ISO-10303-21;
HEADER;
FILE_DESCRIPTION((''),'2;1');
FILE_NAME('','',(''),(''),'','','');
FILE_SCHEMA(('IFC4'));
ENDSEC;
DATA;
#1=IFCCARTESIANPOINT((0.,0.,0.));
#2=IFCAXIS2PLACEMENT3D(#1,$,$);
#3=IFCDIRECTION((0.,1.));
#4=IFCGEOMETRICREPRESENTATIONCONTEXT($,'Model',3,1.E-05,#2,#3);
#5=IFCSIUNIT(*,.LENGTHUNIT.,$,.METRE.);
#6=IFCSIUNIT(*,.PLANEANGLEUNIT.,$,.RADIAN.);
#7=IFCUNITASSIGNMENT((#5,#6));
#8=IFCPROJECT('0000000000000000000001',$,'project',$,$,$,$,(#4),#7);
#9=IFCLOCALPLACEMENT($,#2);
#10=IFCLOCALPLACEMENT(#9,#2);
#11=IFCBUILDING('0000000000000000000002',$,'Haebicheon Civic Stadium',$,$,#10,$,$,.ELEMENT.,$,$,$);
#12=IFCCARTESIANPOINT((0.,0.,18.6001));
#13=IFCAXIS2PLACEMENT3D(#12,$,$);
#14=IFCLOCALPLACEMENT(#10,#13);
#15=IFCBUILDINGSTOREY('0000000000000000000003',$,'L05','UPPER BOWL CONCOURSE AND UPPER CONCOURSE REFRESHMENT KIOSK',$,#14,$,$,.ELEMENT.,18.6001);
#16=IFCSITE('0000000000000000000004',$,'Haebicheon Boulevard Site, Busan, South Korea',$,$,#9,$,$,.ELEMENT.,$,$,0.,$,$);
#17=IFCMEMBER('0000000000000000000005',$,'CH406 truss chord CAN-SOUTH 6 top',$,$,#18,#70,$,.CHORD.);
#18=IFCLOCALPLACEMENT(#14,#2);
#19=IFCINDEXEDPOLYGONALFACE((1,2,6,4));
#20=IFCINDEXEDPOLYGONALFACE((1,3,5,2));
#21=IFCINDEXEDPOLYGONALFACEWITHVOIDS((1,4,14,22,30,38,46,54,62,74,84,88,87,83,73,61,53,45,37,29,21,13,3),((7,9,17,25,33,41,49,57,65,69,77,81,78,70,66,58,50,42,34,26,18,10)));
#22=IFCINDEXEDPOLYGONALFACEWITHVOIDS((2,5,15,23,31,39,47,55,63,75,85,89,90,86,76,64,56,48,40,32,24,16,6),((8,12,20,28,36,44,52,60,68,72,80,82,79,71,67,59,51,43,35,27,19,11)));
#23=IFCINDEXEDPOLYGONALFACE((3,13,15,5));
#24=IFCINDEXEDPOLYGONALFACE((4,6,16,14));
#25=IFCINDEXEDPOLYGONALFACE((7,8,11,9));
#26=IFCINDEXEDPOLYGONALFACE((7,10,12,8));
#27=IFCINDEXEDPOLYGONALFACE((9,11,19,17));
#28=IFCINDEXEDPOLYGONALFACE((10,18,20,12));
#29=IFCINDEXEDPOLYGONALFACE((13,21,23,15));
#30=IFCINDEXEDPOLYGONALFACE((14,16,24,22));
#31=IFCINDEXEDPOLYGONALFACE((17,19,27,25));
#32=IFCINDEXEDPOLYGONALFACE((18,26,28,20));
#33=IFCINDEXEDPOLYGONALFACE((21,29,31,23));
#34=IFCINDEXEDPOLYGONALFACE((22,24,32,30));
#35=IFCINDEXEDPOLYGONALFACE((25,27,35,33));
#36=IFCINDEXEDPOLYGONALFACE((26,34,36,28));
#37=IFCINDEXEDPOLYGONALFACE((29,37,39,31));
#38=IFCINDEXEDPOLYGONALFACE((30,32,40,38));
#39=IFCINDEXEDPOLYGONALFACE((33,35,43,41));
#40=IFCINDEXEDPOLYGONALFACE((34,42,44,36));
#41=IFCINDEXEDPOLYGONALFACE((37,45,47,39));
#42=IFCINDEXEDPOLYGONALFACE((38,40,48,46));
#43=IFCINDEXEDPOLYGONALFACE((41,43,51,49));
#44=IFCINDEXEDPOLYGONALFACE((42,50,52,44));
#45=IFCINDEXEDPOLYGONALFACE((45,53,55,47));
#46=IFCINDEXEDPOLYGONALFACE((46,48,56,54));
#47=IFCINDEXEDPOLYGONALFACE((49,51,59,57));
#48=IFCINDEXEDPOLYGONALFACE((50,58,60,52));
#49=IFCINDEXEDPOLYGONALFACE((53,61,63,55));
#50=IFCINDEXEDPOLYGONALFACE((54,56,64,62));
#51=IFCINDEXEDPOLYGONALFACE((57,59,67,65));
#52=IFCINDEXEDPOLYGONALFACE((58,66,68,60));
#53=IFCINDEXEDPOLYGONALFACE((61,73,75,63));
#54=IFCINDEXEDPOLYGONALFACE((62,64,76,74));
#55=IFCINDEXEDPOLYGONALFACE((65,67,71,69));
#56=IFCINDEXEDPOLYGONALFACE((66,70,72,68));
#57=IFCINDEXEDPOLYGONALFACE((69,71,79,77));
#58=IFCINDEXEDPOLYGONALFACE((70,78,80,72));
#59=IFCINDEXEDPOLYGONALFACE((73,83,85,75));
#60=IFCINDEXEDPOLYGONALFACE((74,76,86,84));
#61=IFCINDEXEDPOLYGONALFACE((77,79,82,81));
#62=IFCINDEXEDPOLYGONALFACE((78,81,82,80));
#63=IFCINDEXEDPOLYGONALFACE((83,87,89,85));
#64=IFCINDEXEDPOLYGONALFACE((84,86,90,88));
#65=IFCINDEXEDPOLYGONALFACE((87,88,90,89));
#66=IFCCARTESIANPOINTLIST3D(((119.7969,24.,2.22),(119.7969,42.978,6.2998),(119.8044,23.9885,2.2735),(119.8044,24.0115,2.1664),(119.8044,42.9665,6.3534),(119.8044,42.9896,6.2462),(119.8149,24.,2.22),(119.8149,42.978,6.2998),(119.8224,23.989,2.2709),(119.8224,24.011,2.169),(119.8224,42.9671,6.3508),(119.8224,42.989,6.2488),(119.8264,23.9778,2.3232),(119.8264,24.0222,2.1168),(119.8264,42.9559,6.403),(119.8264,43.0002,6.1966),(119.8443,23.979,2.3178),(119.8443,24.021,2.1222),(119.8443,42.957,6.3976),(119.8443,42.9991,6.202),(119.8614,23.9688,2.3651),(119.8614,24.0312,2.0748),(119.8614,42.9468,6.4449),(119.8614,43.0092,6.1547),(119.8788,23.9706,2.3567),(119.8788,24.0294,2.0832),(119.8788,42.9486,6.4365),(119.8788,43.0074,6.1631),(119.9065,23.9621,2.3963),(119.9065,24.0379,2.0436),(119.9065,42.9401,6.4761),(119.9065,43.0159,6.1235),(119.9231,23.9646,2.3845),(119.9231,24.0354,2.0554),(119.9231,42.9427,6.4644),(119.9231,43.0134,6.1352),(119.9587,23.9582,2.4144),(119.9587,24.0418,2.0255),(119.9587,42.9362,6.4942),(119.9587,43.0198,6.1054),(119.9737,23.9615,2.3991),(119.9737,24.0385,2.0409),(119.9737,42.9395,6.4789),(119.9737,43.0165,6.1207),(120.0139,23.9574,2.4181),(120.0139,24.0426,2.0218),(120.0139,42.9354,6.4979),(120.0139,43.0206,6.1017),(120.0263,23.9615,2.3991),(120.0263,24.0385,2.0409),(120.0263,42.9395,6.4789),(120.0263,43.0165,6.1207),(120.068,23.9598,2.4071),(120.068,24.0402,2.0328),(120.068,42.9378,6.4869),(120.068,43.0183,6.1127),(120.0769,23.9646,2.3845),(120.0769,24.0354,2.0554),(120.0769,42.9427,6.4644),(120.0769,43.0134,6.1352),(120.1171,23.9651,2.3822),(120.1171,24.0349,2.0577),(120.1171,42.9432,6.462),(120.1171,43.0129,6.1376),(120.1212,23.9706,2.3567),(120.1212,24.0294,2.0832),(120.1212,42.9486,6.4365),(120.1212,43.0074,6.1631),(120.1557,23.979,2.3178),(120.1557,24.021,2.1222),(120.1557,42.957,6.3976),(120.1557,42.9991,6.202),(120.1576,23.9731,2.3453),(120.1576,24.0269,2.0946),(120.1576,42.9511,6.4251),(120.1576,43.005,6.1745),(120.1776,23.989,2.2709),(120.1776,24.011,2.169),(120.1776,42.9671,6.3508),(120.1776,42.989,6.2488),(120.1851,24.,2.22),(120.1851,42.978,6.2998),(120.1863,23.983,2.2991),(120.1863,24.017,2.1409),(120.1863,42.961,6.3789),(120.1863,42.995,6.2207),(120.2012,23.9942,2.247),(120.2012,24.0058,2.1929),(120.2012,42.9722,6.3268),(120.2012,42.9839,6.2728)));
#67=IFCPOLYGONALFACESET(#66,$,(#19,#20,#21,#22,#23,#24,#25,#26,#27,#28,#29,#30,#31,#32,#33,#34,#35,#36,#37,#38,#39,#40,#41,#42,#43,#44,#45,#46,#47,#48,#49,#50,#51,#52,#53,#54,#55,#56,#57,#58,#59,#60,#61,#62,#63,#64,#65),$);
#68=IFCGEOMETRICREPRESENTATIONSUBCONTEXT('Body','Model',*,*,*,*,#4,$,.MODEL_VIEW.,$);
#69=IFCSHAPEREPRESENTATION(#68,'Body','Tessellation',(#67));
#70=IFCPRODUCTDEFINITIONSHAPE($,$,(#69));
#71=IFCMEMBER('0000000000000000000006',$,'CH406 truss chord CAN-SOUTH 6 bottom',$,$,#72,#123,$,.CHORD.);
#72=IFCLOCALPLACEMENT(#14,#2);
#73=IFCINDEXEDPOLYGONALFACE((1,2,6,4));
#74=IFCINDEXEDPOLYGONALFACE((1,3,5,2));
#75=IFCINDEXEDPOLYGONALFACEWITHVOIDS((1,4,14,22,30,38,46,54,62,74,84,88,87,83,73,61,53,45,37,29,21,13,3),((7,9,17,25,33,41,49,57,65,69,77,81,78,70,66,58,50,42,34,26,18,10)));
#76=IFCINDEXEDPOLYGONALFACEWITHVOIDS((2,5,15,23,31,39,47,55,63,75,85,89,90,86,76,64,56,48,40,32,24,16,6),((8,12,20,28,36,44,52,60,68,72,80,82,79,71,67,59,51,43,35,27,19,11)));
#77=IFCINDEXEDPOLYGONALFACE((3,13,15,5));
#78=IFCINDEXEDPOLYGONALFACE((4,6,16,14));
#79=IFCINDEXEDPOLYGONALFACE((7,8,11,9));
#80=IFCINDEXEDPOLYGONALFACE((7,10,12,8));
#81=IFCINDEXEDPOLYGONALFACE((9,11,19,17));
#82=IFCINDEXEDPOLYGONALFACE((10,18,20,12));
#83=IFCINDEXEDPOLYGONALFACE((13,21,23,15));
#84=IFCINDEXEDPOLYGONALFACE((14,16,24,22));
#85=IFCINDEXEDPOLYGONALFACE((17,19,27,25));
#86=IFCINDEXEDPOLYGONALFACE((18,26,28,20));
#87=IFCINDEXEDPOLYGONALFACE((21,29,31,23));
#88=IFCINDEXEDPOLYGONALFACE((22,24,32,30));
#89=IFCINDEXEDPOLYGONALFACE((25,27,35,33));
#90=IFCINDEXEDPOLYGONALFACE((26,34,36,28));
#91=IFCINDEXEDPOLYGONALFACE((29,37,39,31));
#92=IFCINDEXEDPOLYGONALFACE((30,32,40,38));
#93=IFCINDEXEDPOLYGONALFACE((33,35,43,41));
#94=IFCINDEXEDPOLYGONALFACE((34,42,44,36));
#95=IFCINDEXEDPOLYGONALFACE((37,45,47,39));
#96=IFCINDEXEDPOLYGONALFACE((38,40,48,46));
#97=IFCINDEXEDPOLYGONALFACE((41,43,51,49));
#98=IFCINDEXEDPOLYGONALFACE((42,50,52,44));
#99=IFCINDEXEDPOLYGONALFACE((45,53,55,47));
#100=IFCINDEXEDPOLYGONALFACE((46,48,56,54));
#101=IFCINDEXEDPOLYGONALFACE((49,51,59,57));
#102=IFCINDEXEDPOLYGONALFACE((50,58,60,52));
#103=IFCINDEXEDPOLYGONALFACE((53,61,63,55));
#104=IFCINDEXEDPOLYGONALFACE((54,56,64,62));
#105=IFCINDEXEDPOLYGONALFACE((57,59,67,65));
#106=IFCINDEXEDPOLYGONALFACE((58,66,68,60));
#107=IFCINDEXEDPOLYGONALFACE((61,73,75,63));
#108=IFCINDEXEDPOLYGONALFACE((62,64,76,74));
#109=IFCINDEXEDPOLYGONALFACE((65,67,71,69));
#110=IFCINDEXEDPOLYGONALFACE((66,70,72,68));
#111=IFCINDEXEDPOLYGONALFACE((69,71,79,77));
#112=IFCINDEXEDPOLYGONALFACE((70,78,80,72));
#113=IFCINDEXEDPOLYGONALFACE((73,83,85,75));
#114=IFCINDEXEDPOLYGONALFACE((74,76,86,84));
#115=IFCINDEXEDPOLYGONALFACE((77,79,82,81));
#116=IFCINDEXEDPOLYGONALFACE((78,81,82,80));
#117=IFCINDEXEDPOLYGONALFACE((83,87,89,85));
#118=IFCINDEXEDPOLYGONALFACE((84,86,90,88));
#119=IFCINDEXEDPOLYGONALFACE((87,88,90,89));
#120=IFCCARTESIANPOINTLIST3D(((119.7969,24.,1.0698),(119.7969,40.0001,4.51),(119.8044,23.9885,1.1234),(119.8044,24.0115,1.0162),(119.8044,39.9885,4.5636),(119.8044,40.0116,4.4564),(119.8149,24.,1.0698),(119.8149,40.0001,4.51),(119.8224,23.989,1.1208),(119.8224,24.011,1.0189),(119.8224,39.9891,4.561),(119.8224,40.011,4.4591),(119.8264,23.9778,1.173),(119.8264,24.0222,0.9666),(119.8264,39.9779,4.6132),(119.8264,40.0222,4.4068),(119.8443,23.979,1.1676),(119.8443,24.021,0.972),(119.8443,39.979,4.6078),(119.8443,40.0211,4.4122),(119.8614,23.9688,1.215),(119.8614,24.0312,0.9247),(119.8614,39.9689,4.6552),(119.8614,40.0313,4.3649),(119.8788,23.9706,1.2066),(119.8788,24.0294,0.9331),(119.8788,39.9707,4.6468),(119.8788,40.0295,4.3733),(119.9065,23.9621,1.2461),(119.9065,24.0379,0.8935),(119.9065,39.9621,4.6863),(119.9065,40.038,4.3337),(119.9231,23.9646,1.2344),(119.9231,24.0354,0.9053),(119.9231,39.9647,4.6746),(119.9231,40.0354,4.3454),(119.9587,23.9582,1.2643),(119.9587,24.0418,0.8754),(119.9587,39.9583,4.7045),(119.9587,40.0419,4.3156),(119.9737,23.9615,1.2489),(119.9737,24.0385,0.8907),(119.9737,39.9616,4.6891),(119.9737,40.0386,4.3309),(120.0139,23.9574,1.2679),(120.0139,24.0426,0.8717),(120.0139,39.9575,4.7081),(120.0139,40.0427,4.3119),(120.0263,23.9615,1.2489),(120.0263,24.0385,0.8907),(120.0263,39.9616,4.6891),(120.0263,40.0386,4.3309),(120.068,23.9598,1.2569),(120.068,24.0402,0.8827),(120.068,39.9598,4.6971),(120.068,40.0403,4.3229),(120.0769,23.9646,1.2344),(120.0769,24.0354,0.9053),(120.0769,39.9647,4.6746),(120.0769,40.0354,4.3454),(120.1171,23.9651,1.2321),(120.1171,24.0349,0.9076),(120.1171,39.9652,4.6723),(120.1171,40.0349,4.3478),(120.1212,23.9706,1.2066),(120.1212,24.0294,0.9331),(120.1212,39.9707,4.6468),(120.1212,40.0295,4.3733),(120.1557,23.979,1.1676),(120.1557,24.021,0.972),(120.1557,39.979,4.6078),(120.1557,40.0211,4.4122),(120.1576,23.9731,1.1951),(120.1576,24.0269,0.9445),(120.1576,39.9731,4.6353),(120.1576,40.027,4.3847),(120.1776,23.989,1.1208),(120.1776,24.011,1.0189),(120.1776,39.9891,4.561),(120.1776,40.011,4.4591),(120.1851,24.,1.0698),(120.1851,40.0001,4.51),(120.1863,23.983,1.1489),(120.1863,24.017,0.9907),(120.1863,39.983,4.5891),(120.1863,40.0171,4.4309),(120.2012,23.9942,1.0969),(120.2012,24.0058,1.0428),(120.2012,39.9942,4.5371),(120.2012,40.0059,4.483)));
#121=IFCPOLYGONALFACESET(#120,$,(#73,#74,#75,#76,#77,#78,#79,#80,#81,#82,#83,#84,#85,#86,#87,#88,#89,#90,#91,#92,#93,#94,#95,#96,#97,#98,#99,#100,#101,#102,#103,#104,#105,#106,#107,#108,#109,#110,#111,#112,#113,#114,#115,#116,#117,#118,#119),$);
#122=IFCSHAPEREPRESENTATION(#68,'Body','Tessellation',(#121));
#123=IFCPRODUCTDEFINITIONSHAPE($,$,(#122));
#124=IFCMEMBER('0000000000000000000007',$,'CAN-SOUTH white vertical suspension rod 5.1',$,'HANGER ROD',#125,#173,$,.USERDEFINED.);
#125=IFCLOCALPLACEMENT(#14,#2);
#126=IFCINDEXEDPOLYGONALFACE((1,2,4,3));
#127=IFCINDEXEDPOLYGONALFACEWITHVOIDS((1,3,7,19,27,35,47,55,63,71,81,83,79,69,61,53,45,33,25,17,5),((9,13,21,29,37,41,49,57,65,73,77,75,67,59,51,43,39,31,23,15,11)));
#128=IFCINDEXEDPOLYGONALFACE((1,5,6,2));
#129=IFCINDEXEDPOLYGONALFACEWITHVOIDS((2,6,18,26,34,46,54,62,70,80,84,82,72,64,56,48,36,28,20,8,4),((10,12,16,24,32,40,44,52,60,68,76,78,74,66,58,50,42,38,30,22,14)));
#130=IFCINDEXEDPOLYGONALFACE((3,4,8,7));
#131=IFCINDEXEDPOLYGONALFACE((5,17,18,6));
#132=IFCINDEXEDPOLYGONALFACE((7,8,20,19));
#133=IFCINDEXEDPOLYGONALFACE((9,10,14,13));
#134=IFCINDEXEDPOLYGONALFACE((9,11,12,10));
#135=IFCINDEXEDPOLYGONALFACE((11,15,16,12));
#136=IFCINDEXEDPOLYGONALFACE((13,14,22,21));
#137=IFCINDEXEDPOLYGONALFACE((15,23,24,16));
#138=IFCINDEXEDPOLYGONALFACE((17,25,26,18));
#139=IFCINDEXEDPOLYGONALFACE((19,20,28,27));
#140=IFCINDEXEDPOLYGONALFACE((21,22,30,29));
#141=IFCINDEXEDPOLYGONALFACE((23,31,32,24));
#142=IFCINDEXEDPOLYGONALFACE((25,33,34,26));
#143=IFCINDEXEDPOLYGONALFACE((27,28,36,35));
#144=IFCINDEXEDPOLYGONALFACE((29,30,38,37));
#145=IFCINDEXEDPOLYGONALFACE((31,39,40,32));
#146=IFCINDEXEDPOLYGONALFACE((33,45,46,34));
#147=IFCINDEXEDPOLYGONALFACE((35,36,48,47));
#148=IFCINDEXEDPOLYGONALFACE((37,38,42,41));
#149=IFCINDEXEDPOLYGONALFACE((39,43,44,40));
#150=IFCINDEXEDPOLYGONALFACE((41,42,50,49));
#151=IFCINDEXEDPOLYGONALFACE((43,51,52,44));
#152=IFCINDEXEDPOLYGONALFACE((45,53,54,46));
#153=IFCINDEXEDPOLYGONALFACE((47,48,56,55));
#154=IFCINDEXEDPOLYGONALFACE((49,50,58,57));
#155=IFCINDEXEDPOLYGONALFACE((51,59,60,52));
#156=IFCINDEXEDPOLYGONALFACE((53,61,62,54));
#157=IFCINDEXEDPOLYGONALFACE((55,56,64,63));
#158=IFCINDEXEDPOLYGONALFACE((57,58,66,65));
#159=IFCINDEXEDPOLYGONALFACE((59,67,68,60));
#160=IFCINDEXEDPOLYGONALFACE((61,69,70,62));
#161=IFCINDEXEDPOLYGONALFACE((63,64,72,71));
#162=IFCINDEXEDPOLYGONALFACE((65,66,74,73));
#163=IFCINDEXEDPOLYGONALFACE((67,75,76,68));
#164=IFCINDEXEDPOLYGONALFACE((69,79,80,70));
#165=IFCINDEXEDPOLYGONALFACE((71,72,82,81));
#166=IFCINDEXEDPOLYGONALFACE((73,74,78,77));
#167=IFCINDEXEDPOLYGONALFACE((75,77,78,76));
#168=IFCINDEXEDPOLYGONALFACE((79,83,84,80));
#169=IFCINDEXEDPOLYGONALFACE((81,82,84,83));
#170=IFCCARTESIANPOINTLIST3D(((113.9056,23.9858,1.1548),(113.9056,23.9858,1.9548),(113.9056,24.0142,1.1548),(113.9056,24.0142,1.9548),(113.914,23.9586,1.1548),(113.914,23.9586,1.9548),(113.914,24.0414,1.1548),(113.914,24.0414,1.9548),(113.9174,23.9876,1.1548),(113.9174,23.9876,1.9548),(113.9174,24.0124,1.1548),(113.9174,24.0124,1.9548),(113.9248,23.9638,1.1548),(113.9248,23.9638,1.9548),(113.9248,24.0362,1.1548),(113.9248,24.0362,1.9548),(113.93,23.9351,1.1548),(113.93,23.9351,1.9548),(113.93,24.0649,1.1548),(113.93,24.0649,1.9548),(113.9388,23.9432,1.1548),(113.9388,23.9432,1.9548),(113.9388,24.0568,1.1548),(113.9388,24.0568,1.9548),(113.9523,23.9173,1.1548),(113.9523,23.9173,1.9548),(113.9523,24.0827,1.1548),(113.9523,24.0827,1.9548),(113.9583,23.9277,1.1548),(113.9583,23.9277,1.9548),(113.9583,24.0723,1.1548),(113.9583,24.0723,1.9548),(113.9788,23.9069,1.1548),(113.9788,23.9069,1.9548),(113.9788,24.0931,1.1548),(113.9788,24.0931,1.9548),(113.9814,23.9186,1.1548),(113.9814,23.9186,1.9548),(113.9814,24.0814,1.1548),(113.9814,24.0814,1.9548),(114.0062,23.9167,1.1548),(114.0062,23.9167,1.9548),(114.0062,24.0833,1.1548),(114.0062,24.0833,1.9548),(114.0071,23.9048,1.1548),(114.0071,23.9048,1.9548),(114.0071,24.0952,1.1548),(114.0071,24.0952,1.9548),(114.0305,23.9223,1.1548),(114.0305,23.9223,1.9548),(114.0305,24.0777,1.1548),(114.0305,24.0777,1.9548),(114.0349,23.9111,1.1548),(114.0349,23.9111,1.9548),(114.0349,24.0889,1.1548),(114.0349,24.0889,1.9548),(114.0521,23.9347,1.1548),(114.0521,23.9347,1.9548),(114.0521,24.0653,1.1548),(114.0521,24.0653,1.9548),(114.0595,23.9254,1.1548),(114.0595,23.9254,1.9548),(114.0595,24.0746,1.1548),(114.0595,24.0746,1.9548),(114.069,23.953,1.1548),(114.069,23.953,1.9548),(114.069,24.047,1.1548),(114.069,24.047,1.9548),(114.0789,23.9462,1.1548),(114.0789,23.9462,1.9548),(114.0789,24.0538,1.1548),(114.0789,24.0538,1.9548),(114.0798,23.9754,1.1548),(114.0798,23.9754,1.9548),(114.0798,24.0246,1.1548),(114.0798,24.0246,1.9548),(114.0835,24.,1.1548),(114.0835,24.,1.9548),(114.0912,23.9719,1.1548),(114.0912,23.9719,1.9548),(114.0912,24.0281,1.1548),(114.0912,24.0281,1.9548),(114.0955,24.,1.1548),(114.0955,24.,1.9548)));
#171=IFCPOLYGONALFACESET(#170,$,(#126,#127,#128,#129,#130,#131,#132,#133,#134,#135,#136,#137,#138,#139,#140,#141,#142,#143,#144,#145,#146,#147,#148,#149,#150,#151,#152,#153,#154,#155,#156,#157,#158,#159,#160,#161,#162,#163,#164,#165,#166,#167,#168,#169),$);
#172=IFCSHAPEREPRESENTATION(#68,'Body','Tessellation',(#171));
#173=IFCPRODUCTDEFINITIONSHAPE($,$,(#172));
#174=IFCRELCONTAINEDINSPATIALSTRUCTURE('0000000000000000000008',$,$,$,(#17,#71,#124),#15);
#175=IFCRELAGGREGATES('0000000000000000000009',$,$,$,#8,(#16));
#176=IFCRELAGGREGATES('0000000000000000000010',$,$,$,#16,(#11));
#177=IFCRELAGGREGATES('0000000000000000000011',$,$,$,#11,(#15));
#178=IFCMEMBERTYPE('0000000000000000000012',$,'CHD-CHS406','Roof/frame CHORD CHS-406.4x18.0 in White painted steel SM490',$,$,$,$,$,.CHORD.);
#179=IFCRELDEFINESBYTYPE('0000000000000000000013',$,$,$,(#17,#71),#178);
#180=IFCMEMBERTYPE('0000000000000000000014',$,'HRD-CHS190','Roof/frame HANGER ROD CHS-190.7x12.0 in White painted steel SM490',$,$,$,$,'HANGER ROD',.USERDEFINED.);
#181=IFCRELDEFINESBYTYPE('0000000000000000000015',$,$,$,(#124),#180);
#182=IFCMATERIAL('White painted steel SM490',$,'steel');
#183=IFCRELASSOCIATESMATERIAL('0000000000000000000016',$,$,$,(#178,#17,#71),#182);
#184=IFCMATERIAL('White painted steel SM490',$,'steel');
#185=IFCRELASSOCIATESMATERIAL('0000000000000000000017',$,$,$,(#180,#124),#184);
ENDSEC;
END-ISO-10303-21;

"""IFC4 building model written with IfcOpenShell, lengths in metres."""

from ifc_helpers import new_model, si_unit, direction, frame, origin, origin_2d, place, context, subcontext, project, spatial, hollow_circle, extrude, material, material_profile, profile_set, type_object, element, save


model = new_model("IFC4")

# Units and contexts
model_context = context("Model", 3, precision=1e-05, world=origin(), true_north=direction((0.0, 1.0)))
body_context = subcontext(model_context, "Body", "Model", "MODEL_VIEW")
ifc_project = project(units=[si_unit("LENGTHUNIT", "METRE"), si_unit("PLANEANGLEUNIT", "RADIAN")], contexts=[model_context])

# Site, building, storey
site_placement = place(None, origin())
site = spatial("IfcSite", under=ifc_project, at=site_placement, Name="Haebicheon Boulevard Site, Busan, South Korea", CompositionType="ELEMENT", RefElevation=0.0)
building_placement = place(site_placement, origin())
building = spatial("IfcBuilding", under=site, at=building_placement, Name="Haebicheon Civic Stadium", CompositionType="ELEMENT")
storey_placement = place(building_placement, frame((0.0, 0.0, 18.6001)))
storey = spatial("IfcBuildingStorey", under=building, at=storey_placement, Name="L05", Description="UPPER BOWL CONCOURSE AND UPPER CONCOURSE REFRESHMENT KIOSK", CompositionType="ELEMENT", Elevation=18.6001)

# Members
ifc_material_1 = material(Name="White painted steel SM490", Category="steel")
ifc_material_profile_1 = material_profile(ifc_material_1, hollow_circle(Radius=0.2031, WallThickness=0.0181, at=origin_2d()), Name="CHS-406.4x18.0")
ifc_profile_set_1 = profile_set([ifc_material_profile_1], Name="White painted steel SM490")
member_type_1 = type_object("IfcMemberType", Name="CHD-CHS406", Description="Roof/frame CHORD CHS-406.4x18.0 in White painted steel SM490", PredefinedType="CHORD", material=ifc_profile_set_1)
member_1_placement = place(storey_placement, frame((120.0, 24.0, 2.22), z_axis=(0.0, 0.977664, 0.210175), x_axis=(-1.0, 0.0, 0.0)))
element("IfcMember", 1, at=member_1_placement, inside=storey, type_object=member_type_1, material=ifc_profile_set_1, Name="CH406 truss chord CAN-SOUTH 6 top", PredefinedType="CHORD", context=body_context, shape_type="SweptSolid", body=[
    extrude(hollow_circle(Radius=0.2031, WallThickness=0.0181, at=origin_2d()), origin(), (0.0, 0.0, 1.0), 19.4116),
])
member_2_placement = place(storey_placement, frame((120.0, 24.0, 1.0698), z_axis=(0.0, 0.977657, 0.210208), x_axis=(-1.0, 0.0, 0.0)))
element("IfcMember", 2, at=member_2_placement, inside=storey, type_object=member_type_1, material=ifc_profile_set_1, Name="CH406 truss chord CAN-SOUTH 6 bottom", PredefinedType="CHORD", context=body_context, shape_type="SweptSolid", body=[
    extrude(hollow_circle(Radius=0.2031, WallThickness=0.0181, at=origin_2d()), origin(), (0.0, 0.0, 1.0), 16.3657),
])
ifc_material_2 = material(Name="White painted steel SM490", Category="steel")
ifc_material_profile_2 = material_profile(ifc_material_2, hollow_circle(Radius=0.0955, WallThickness=0.012, at=origin_2d()), Name="CHS-190.7x12.0")
ifc_profile_set_2 = profile_set([ifc_material_profile_2], Name="White painted steel SM490")
member_type_2 = type_object("IfcMemberType", Name="HRD-CHS190", Description="Roof/frame HANGER ROD CHS-190.7x12.0 in White painted steel SM490", ElementType="HANGER ROD", PredefinedType="USERDEFINED", material=ifc_profile_set_2)
for number, where, z_axis, x_axis, name in (
    (3, (114.0, 24.0, 1.1548), (0.0, 0.0, 1.0), (1.0, 0.0, 0.0), "CAN-SOUTH white vertical suspension rod 5.1"),
):
    element("IfcMember", number, at=place(storey_placement, frame(where, z_axis=z_axis, x_axis=x_axis)), inside=storey, type_object=member_type_2, material=ifc_profile_set_2, Name=name, ObjectType="HANGER ROD", PredefinedType="USERDEFINED", context=body_context, shape_type="SweptSolid", body=[
        extrude(hollow_circle(Radius=0.0955, WallThickness=0.012, at=origin_2d()), origin(), (0.0, 0.0, 1.0), 0.8),
    ])

save(model, "model.ifc")
